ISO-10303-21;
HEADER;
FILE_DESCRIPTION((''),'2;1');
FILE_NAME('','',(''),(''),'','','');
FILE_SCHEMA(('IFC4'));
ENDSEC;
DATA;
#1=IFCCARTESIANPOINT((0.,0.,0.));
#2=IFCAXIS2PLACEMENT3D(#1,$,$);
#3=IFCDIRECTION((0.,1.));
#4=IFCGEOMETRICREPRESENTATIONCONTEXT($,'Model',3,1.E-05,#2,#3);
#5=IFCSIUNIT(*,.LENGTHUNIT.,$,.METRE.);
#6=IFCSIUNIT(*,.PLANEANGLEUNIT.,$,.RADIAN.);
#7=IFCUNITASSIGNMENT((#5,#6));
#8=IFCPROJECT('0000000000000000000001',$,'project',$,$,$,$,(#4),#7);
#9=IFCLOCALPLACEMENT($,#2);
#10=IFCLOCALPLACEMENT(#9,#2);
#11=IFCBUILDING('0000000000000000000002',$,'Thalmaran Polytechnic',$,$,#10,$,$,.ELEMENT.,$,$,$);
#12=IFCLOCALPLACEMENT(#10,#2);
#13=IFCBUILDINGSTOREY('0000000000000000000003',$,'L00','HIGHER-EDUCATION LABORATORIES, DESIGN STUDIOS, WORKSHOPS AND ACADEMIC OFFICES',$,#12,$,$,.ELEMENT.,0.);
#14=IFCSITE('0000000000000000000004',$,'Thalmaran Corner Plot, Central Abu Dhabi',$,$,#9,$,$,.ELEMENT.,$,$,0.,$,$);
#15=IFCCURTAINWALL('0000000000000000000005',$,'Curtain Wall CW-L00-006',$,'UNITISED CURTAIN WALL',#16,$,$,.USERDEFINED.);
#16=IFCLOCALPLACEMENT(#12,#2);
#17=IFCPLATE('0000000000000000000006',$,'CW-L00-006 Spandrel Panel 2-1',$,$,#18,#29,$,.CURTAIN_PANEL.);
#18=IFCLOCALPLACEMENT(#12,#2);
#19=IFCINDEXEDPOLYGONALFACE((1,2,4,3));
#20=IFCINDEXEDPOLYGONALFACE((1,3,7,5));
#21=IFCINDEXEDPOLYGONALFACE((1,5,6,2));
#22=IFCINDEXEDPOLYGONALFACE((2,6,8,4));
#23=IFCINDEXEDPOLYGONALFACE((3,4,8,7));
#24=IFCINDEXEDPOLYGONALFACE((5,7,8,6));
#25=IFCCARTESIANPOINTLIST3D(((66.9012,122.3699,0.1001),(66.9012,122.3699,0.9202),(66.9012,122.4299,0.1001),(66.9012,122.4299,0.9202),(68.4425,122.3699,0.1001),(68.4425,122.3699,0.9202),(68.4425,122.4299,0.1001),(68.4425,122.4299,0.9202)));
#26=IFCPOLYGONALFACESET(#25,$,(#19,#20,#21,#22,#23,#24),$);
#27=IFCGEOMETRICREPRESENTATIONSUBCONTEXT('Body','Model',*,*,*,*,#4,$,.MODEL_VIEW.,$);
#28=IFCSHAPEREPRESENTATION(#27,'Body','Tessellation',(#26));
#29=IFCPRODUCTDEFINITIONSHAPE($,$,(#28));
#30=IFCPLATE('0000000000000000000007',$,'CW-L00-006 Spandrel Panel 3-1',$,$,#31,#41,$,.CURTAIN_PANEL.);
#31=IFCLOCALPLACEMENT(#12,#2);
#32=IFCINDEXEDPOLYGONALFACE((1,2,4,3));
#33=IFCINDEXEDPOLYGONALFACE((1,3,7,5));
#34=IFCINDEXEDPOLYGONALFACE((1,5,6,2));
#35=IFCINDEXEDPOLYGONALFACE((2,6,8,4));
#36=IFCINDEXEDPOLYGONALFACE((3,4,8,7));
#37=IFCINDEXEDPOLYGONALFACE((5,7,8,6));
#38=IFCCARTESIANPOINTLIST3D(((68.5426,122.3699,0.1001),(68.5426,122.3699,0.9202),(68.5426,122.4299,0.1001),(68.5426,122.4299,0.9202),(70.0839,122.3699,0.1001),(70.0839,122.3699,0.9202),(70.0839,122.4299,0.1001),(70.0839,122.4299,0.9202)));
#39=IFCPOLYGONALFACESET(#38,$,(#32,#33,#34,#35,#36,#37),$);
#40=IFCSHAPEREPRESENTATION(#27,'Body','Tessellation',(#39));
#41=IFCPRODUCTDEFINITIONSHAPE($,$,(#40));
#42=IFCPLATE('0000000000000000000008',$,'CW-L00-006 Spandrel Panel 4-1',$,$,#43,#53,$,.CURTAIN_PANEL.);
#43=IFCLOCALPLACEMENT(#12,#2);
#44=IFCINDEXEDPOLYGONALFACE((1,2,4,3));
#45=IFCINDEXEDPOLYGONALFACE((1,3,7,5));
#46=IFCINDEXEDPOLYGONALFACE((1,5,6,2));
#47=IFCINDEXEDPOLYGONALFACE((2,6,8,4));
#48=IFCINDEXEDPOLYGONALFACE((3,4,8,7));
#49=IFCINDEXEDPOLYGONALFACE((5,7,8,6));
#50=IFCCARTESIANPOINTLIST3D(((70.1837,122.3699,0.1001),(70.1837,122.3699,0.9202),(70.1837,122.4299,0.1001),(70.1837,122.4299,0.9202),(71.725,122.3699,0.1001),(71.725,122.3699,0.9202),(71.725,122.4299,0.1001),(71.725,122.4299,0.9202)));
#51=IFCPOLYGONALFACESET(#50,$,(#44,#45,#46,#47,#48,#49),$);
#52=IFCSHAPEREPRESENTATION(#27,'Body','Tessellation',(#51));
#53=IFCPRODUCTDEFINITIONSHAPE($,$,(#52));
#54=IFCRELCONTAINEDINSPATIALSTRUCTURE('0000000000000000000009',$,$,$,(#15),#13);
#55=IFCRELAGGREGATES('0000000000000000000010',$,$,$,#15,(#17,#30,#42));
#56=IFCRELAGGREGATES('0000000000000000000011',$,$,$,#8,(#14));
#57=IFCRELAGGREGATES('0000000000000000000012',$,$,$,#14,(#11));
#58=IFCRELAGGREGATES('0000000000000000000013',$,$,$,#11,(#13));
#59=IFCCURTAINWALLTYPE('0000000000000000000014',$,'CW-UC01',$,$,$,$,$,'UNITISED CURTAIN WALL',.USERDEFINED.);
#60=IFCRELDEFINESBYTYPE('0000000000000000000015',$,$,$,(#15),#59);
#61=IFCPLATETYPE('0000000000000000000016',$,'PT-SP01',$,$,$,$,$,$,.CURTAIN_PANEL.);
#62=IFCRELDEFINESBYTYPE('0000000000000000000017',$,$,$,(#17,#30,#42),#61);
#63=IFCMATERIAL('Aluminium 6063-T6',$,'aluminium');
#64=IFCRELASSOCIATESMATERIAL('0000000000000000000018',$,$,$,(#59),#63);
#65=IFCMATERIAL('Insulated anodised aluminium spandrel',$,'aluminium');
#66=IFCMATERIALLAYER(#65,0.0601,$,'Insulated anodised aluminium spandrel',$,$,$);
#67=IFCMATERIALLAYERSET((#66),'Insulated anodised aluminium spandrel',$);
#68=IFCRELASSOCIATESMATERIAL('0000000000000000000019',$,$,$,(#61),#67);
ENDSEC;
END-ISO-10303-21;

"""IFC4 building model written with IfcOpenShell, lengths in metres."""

from ifc_helpers import new_model, si_unit, direction, frame, origin, origin_2d, place, context, subcontext, project, spatial, rectangle, extrude, material, layer, layer_set, type_object, element, aggregate, save


model = new_model("IFC4")

# Units and contexts
model_context = context("Model", 3, precision=1e-05, world=origin(), true_north=direction((0.0, 1.0)))
body_context = subcontext(model_context, "Body", "Model", "MODEL_VIEW")
ifc_project = project(units=[si_unit("LENGTHUNIT", "METRE"), si_unit("PLANEANGLEUNIT", "RADIAN")], contexts=[model_context])

# Site, building, storey
site_placement = place(None, origin())
site = spatial("IfcSite", under=ifc_project, at=site_placement, Name="Thalmaran Corner Plot, Central Abu Dhabi", CompositionType="ELEMENT", RefElevation=0.0)
building_placement = place(site_placement, origin())
building = spatial("IfcBuilding", under=site, at=building_placement, Name="Thalmaran Polytechnic", CompositionType="ELEMENT")
storey_placement = place(building_placement, origin())
storey = spatial("IfcBuildingStorey", under=building, at=storey_placement, Name="L00", Description="HIGHER-EDUCATION LABORATORIES, DESIGN STUDIOS, WORKSHOPS AND ACADEMIC OFFICES", CompositionType="ELEMENT", Elevation=0.0)

# Curtain wall
ifc_material_1 = material(Name="Aluminium 6063-T6", Category="aluminium")
curtain_wall_type = type_object("IfcCurtainWallType", Name="CW-UC01", ElementType="UNITISED CURTAIN WALL", PredefinedType="USERDEFINED", material=ifc_material_1)
curtain_wall_placement = place(storey_placement, origin())
curtain_wall = element("IfcCurtainWall", 1, at=curtain_wall_placement, inside=storey, type_object=curtain_wall_type, Name="Curtain Wall CW-L00-006", ObjectType="UNITISED CURTAIN WALL", PredefinedType="USERDEFINED")

# Plates
ifc_material_2 = material(Name="Insulated anodised aluminium spandrel", Category="aluminium")
ifc_layer_1 = layer(ifc_material_2, 0.0601, Name="Insulated anodised aluminium spandrel")
ifc_layer_set_1 = layer_set([ifc_layer_1], Name="Insulated anodised aluminium spandrel")
plate_type_1 = type_object("IfcPlateType", Name="PT-SP01", PredefinedType="CURTAIN_PANEL", material=ifc_layer_set_1)
plate_1_placement = place(storey_placement, frame((67.6719, 122.3999, 0.1001), z_axis=(0.0, 0.0, 1.0), x_axis=(1.0, 0.0, 0.0)))
plate_1 = element("IfcPlate", 2, at=plate_1_placement, type_object=plate_type_1, Name="CW-L00-006 Spandrel Panel 2-1", PredefinedType="CURTAIN_PANEL", context=body_context, shape_type="SweptSolid", body=[
    extrude(rectangle(XDim=1.5413, YDim=0.0601, at=origin_2d()), origin(), (0.0, 0.0, 1.0), 0.8201),
])
plate_2_placement = place(storey_placement, frame((69.3132, 122.3999, 0.1001), z_axis=(0.0, 0.0, 1.0), x_axis=(1.0, 0.0, 0.0)))
plate_2 = element("IfcPlate", 3, at=plate_2_placement, type_object=plate_type_1, Name="CW-L00-006 Spandrel Panel 3-1", PredefinedType="CURTAIN_PANEL", context=body_context, shape_type="SweptSolid", body=[
    extrude(rectangle(XDim=1.5413, YDim=0.0601, at=origin_2d()), origin(), (0.0, 0.0, 1.0), 0.8201),
])
plate_3_placement = place(storey_placement, frame((70.9543, 122.3999, 0.1001), z_axis=(0.0, 0.0, 1.0), x_axis=(1.0, 0.0, 0.0)))
plate_3 = element("IfcPlate", 4, at=plate_3_placement, type_object=plate_type_1, Name="CW-L00-006 Spandrel Panel 4-1", PredefinedType="CURTAIN_PANEL", context=body_context, shape_type="SweptSolid", body=[
    extrude(rectangle(XDim=1.5413, YDim=0.0601, at=origin_2d()), origin(), (0.0, 0.0, 1.0), 0.8201),
])
aggregate(curtain_wall, [plate_1, plate_2, plate_3])

save(model, "model.ifc")
